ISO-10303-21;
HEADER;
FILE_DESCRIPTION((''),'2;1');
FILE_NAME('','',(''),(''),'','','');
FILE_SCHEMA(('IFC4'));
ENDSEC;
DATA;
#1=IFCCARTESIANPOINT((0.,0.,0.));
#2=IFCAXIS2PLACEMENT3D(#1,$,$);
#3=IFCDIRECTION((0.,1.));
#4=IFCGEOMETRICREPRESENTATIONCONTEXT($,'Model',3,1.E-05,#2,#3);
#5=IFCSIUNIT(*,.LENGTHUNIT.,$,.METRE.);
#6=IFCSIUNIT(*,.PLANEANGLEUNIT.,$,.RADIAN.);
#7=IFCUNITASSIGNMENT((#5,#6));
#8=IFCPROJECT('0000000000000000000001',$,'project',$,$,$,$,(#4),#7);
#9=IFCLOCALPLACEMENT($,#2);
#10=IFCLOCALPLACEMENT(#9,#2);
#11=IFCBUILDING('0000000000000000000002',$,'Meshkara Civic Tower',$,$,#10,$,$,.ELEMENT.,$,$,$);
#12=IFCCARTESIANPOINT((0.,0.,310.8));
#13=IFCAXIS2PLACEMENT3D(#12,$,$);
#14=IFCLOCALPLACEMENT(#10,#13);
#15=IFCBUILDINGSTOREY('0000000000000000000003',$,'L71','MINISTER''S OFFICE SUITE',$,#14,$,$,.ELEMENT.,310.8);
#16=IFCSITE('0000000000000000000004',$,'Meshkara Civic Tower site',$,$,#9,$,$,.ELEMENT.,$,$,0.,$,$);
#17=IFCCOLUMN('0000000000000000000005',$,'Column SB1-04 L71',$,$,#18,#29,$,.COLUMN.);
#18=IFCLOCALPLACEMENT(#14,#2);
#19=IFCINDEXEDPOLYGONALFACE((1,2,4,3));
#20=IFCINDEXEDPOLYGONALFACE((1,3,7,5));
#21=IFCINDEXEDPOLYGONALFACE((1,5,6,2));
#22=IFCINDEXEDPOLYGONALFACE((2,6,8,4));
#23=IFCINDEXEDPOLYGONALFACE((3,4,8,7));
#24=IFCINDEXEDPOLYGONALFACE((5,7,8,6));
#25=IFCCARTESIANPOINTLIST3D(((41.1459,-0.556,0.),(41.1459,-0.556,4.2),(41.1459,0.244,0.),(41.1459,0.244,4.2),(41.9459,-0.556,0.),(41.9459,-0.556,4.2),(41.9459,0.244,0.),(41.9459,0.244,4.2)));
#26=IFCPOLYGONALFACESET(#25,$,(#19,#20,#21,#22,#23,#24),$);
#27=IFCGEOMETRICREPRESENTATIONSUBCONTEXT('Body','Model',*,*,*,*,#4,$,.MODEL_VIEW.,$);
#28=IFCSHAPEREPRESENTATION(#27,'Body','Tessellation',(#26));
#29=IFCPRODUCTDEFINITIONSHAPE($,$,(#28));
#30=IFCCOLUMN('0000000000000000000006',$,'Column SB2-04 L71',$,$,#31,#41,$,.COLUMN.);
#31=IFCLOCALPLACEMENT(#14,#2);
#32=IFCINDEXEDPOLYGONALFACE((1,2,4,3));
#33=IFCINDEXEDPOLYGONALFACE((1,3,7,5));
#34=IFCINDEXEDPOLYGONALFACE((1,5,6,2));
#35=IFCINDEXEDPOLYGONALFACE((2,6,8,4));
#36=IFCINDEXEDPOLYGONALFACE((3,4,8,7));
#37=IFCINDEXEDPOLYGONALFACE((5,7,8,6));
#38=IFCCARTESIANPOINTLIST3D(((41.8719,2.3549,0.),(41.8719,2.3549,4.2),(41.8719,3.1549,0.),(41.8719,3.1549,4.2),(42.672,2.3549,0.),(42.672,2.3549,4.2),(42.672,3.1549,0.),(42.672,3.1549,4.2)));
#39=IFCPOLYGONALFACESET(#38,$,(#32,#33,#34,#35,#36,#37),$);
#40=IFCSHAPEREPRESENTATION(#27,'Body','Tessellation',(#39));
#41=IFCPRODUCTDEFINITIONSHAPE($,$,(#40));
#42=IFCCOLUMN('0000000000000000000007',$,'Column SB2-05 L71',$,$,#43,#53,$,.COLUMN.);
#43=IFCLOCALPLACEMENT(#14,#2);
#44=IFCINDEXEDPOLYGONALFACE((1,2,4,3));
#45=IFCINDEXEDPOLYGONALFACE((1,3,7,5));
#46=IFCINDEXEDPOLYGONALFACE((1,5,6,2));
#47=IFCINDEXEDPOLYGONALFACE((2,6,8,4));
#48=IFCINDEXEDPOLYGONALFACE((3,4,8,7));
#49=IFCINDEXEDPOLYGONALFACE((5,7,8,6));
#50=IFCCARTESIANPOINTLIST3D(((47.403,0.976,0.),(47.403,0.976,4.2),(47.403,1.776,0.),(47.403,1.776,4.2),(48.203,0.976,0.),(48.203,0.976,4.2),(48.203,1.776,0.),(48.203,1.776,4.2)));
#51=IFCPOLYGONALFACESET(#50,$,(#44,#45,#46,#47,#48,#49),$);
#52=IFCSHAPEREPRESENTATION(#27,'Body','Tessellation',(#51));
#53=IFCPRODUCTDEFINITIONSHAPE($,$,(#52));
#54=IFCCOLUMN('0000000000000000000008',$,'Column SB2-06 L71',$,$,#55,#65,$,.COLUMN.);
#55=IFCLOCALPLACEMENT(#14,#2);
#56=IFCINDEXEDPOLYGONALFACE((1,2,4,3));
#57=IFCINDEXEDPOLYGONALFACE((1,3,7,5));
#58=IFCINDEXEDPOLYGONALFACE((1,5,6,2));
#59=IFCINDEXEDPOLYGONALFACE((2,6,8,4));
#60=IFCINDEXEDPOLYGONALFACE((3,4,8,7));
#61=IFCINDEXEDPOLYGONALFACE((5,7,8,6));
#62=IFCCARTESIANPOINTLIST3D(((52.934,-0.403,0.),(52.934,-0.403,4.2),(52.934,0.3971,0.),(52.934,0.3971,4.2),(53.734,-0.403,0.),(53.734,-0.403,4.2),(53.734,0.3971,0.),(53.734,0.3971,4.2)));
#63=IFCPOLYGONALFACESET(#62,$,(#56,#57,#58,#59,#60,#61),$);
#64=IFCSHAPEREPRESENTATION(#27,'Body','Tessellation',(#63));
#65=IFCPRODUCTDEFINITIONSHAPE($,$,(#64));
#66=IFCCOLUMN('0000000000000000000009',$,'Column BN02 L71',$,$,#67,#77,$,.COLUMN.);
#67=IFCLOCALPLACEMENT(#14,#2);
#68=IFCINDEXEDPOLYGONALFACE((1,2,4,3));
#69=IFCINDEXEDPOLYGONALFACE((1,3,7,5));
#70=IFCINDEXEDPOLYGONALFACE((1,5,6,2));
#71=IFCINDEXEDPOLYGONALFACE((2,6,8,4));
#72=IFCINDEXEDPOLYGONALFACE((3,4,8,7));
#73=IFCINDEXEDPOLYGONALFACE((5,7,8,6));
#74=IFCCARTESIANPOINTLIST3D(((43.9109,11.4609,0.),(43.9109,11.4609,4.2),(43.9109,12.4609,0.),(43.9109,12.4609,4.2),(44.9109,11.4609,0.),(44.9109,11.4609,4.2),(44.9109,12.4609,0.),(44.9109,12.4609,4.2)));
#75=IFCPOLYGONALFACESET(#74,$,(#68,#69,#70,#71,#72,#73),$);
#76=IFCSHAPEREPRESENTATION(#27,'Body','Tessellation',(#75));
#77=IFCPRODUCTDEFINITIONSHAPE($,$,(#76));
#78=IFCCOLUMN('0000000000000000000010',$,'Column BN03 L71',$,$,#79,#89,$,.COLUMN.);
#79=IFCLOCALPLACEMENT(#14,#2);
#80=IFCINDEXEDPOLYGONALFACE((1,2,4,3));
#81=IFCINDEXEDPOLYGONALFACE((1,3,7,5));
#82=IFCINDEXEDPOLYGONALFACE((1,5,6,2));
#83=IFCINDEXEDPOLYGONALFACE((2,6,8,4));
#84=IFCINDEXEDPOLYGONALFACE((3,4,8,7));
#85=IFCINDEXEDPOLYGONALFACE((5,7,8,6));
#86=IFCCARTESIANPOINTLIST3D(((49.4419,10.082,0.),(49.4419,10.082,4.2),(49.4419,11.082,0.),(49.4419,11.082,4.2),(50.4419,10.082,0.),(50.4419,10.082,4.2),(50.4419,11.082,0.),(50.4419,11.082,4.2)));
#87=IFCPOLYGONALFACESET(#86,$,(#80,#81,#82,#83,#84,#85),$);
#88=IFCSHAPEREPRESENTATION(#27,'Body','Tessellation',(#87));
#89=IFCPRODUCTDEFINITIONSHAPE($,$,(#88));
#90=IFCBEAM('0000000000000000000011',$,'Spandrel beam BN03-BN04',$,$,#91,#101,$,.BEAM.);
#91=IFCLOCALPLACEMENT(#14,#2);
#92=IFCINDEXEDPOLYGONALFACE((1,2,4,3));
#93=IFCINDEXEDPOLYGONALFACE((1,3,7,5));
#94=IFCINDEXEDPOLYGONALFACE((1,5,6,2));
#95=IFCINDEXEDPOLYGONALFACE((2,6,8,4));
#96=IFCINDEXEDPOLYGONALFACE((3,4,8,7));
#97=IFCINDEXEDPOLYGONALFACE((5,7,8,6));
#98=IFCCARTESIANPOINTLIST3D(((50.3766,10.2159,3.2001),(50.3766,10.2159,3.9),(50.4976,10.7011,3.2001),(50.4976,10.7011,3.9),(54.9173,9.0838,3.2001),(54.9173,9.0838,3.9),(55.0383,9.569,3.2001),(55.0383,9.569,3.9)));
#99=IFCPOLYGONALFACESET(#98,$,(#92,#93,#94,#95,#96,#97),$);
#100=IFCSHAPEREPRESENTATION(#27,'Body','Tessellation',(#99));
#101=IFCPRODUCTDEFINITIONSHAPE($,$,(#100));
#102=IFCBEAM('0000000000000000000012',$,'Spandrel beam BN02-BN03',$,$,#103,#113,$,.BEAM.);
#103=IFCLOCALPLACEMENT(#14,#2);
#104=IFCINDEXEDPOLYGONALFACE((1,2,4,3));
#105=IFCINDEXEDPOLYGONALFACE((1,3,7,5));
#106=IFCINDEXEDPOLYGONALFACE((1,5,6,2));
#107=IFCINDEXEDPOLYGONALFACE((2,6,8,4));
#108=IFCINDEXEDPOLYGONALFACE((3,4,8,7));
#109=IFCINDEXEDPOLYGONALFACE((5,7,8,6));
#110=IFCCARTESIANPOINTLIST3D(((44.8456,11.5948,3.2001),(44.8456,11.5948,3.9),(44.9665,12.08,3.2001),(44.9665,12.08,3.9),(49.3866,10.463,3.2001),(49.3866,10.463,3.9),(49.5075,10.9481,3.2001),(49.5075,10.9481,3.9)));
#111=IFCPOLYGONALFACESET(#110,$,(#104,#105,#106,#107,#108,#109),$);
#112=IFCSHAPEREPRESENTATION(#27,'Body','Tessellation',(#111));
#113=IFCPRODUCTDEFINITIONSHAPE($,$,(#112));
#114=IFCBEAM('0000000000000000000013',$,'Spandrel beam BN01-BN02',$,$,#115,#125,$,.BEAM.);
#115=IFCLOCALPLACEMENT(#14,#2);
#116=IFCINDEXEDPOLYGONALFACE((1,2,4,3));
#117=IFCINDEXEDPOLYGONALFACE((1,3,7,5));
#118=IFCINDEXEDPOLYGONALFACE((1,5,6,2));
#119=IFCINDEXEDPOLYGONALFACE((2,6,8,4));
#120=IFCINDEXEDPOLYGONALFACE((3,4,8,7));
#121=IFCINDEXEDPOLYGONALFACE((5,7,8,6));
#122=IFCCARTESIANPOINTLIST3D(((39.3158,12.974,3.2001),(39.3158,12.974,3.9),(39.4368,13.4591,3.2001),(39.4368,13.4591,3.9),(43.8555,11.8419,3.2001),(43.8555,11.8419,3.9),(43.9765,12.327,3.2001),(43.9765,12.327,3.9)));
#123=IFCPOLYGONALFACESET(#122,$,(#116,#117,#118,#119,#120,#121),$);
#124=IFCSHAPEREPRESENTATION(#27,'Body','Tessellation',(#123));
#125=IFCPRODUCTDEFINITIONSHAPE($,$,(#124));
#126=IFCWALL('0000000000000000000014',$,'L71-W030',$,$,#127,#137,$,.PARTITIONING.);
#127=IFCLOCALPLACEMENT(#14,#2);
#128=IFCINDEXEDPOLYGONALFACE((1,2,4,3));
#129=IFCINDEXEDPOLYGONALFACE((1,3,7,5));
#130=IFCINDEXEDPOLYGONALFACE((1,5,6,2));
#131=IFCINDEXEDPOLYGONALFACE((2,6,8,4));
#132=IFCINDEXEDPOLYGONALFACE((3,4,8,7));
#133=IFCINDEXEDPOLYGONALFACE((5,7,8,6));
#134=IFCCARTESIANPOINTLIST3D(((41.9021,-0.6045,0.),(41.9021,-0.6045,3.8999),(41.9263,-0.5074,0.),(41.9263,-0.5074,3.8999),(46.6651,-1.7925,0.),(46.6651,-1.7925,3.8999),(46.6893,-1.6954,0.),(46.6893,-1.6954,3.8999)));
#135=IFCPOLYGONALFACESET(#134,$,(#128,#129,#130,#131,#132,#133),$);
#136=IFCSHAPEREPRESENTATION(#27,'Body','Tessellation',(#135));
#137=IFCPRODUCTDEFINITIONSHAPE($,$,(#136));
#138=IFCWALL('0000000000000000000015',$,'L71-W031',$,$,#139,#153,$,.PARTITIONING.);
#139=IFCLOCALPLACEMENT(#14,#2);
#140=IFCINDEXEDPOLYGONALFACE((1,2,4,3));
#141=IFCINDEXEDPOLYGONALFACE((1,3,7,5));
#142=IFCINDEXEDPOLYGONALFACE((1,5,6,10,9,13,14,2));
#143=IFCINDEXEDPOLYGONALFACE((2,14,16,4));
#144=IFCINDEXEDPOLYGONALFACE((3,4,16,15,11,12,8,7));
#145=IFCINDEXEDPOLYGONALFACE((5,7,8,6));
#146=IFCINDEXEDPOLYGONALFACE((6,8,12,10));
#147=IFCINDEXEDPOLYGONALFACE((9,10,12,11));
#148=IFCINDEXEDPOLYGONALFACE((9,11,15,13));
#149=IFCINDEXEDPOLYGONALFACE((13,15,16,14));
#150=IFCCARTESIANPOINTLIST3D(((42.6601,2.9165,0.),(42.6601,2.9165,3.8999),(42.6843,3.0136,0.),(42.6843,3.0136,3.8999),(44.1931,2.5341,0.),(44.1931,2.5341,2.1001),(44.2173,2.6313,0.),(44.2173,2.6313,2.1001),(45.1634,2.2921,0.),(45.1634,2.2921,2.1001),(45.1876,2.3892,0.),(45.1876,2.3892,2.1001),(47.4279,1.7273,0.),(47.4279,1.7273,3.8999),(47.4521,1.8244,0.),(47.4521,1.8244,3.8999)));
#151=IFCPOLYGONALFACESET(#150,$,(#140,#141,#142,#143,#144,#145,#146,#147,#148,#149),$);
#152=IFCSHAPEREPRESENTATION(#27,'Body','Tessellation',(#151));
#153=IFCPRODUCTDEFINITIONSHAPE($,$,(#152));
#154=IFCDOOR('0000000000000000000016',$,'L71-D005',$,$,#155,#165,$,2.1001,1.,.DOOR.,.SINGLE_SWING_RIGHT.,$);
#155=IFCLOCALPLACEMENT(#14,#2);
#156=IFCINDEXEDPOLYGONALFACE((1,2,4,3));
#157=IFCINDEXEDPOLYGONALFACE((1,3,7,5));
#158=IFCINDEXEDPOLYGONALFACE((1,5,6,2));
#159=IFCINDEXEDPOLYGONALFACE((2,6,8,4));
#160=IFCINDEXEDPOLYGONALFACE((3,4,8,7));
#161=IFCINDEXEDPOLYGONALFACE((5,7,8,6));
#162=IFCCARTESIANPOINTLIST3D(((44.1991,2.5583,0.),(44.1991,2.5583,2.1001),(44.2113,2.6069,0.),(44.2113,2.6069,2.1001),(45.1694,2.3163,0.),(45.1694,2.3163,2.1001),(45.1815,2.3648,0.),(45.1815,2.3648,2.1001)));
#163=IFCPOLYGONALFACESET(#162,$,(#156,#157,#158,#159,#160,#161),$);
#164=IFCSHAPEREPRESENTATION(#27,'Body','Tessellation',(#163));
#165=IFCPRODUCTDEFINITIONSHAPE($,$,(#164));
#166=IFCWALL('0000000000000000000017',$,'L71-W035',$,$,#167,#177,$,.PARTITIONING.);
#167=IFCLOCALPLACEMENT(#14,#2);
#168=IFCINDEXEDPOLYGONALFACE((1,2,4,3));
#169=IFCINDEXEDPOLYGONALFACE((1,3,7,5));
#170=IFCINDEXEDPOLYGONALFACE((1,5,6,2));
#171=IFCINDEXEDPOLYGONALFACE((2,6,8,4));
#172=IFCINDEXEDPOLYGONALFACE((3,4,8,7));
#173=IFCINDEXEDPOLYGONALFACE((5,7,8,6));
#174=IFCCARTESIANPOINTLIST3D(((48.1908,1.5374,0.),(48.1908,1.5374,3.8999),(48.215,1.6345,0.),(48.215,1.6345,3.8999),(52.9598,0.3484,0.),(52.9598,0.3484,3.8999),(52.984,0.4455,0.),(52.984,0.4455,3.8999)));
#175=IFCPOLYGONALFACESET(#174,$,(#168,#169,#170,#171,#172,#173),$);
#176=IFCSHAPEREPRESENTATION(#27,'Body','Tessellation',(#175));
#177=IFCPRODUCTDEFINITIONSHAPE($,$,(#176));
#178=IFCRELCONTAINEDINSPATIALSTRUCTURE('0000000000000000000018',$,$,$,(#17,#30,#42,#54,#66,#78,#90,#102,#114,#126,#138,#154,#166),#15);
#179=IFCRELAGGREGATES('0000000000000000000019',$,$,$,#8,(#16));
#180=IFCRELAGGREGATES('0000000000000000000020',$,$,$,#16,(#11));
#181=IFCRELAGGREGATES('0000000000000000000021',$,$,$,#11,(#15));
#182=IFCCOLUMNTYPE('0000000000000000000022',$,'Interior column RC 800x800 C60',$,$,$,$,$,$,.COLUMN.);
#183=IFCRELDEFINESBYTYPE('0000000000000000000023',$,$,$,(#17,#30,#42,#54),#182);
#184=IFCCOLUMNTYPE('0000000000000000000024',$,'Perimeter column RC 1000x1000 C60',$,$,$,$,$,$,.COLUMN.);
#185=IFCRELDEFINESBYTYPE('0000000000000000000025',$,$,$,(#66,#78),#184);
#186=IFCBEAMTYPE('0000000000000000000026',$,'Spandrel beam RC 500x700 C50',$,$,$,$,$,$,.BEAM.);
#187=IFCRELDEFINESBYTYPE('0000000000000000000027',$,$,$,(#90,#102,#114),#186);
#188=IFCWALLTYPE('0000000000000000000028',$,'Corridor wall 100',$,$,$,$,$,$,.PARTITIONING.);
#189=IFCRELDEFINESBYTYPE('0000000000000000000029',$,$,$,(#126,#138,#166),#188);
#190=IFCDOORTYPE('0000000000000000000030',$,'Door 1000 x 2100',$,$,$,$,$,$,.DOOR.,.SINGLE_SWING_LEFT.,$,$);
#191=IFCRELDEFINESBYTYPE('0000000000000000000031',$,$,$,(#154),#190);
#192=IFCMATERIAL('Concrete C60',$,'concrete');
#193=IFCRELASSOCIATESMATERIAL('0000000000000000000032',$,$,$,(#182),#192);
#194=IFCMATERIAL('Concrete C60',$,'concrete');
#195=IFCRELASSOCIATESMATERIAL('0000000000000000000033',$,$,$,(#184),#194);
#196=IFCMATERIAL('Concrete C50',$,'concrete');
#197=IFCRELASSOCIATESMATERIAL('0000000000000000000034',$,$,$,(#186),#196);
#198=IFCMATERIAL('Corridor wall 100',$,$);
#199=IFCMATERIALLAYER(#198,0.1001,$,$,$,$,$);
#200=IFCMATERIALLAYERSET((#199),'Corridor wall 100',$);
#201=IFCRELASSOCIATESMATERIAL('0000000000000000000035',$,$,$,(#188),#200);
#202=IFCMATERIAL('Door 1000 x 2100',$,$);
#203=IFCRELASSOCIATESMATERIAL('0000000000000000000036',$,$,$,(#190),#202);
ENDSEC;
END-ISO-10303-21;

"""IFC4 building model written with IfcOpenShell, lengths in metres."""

from ifc_helpers import new_model, si_unit, direction, frame, frame_2d, origin, origin_2d, place, context, subcontext, project, spatial, rectangle, extrude, material, layer, layer_set, material_profile, profile_set, type_object, element, fill, save


model = new_model("IFC4")

# Units and contexts
model_context = context("Model", 3, precision=1e-05, world=origin(), true_north=direction((0.0, 1.0)))
body_context = subcontext(model_context, "Body", "Model", "MODEL_VIEW")
ifc_project = project(units=[si_unit("LENGTHUNIT", "METRE"), si_unit("PLANEANGLEUNIT", "RADIAN")], contexts=[model_context])

# Site, building, storey
site_placement = place(None, origin())
site = spatial("IfcSite", under=ifc_project, at=site_placement, Name="Meshkara Civic Tower site", CompositionType="ELEMENT", RefElevation=0.0)
building_placement = place(site_placement, origin())
building = spatial("IfcBuilding", under=site, at=building_placement, Name="Meshkara Civic Tower", CompositionType="ELEMENT")
storey_placement = place(building_placement, frame((0.0, 0.0, 310.8)))
storey = spatial("IfcBuildingStorey", under=building, at=storey_placement, Name="L71", Description="MINISTER'S OFFICE SUITE", CompositionType="ELEMENT", Elevation=310.8)

# Columns
ifc_material_1 = material(Name="Concrete C60", Category="concrete")
ifc_material_profile_1 = material_profile(ifc_material_1, rectangle(XDim=0.8, YDim=0.8, at=origin_2d()))
ifc_profile_set_1 = profile_set([ifc_material_profile_1], Name="Concrete C60")
column_type_1 = type_object("IfcColumnType", Name="Interior column RC 800x800 C60", PredefinedType="COLUMN", material=ifc_profile_set_1)
for number, where, z_axis, x_axis, name in (
    (1, (41.5459, -0.156, 0.0), (0.0, 0.0, 1.0), (1.0, 0.0, 0.0), "Column SB1-04 L71"),
    (2, (42.272, 2.7549, 0.0), (0.0, 0.0, 1.0), (1.0, 0.0, 0.0), "Column SB2-04 L71"),
    (3, (47.803, 1.376, 0.0), (0.0, 0.0, 1.0), (1.0, 0.0, 0.0), "Column SB2-05 L71"),
    (4, (53.334, -0.0029, 0.0), (0.0, 0.0, 1.0), (1.0, 0.0, 0.0), "Column SB2-06 L71"),
):
    element("IfcColumn", number, at=place(storey_placement, frame(where, z_axis=z_axis, x_axis=x_axis)), inside=storey, type_object=column_type_1, Name=name, PredefinedType="COLUMN", context=body_context, shape_type="SweptSolid", body=[
        extrude(rectangle(XDim=0.8, YDim=0.8, at=origin_2d()), origin(), (0.0, 0.0, 1.0), 4.2),
    ])
ifc_material_2 = material(Name="Concrete C60", Category="concrete")
ifc_material_profile_2 = material_profile(ifc_material_2, rectangle(XDim=1.0, YDim=1.0, at=origin_2d()))
ifc_profile_set_2 = profile_set([ifc_material_profile_2], Name="Concrete C60")
column_type_2 = type_object("IfcColumnType", Name="Perimeter column RC 1000x1000 C60", PredefinedType="COLUMN", material=ifc_profile_set_2)
for number, where, z_axis, x_axis, name in (
    (5, (44.4109, 11.9609, 0.0), (0.0, 0.0, 1.0), (1.0, 0.0, 0.0), "Column BN02 L71"),
    (6, (49.9419, 10.582, 0.0), (0.0, 0.0, 1.0), (1.0, 0.0, 0.0), "Column BN03 L71"),
):
    element("IfcColumn", number, at=place(storey_placement, frame(where, z_axis=z_axis, x_axis=x_axis)), inside=storey, type_object=column_type_2, Name=name, PredefinedType="COLUMN", context=body_context, shape_type="SweptSolid", body=[
        extrude(rectangle(XDim=1.0, YDim=1.0, at=origin_2d()), origin(), (0.0, 0.0, 1.0), 4.2),
    ])

# Beams
ifc_material_3 = material(Name="Concrete C50", Category="concrete")
ifc_material_profile_3 = material_profile(ifc_material_3, rectangle(XDim=0.5, YDim=0.7, at=origin_2d()))
ifc_profile_set_3 = profile_set([ifc_material_profile_3], Name="Concrete C50")
beam_type = type_object("IfcBeamType", Name="Spandrel beam RC 500x700 C50", PredefinedType="BEAM", material=ifc_profile_set_3)
beam_1_placement = place(storey_placement, frame((54.9778, 9.3264, 3.55), z_axis=(-0.970299, 0.24191, 0.0), x_axis=(-0.24191, -0.970299, 0.0)))
element("IfcBeam", 7, at=beam_1_placement, inside=storey, type_object=beam_type, Name="Spandrel beam BN03-BN04", PredefinedType="BEAM", context=body_context, shape_type="SweptSolid", body=[
    extrude(rectangle(XDim=0.5, YDim=0.7, at=origin_2d()), origin(), (0.0, 0.0, 1.0), 4.6797),
])
beam_2_placement = place(storey_placement, frame((49.447, 10.7056, 3.55), z_axis=(-0.970314, 0.241848, 0.0), x_axis=(-0.241848, -0.970314, 0.0)))
element("IfcBeam", 8, at=beam_2_placement, inside=storey, type_object=beam_type, Name="Spandrel beam BN02-BN03", PredefinedType="BEAM", context=body_context, shape_type="SweptSolid", body=[
    extrude(rectangle(XDim=0.5, YDim=0.7, at=origin_2d()), origin(), (0.0, 0.0, 1.0), 4.6799),
])
beam_3_placement = place(storey_placement, frame((43.916, 12.0845, 3.55), z_axis=(-0.970287, 0.241959, 0.0), x_axis=(-0.241959, -0.970287, 0.0)))
element("IfcBeam", 9, at=beam_3_placement, inside=storey, type_object=beam_type, Name="Spandrel beam BN01-BN02", PredefinedType="BEAM", context=body_context, shape_type="SweptSolid", body=[
    extrude(rectangle(XDim=0.5, YDim=0.7, at=origin_2d()), origin(), (0.0, 0.0, 1.0), 4.6787),
])

# Wall
ifc_material_4 = material(Name="Corridor wall 100")
ifc_layer_1 = layer(ifc_material_4, 0.1001)
ifc_layer_set_1 = layer_set([ifc_layer_1], Name="Corridor wall 100")
wall_type_1 = type_object("IfcWallType", Name="Corridor wall 100", PredefinedType="PARTITIONING", material=ifc_layer_set_1)
wall_1_placement = place(storey_placement, frame((41.9141, -0.5559, 0.0), z_axis=(0.0, 0.0, 1.0), x_axis=(0.970274, -0.242009, 0.0)))
element("IfcWall", 10, at=wall_1_placement, inside=storey, type_object=wall_type_1, Name="L71-W030", PredefinedType="PARTITIONING", context=body_context, shape_type="SweptSolid", body=[
    extrude(rectangle(XDim=4.9089, YDim=0.1001, at=frame_2d((2.4546, 0.0))), origin(), (0.0, 0.0, 1.0), 3.8999),
])

# Wall, opening, door
wall_2_placement = place(storey_placement, frame((42.6721, 2.9651, 0.0), z_axis=(0.0, 0.0, 1.0), x_axis=(0.970274, -0.24201, 0.0)))
wall_2 = element("IfcWall", 11, at=wall_2_placement, inside=storey, type_object=wall_type_1, Name="L71-W031", PredefinedType="PARTITIONING", context=body_context, shape_type="SweptSolid", body=[
    extrude(rectangle(XDim=4.9138, YDim=0.1001, at=frame_2d((2.457, 0.0))), origin(), (0.0, 0.0, 1.0), 3.8999),
])
opening_1_placement = place(wall_2_placement, frame((1.5801, 0.0, 0.0)))
opening_1 = element("IfcOpeningElement", 12, at=opening_1_placement, cuts=wall_2, PredefinedType="OPENING", context=body_context, shape_type="SweptSolid", body=[
    extrude(rectangle(XDim=1.0, YDim=2.1001, at=frame_2d((0.5, 1.05))), frame((0.0, 0.0601, 0.0), z_axis=(0.0, -1.0, 0.0), x_axis=(1.0, 0.0, 0.0)), (0.0, 0.0, 1.0), 0.1201),
])
ifc_material_5 = material(Name="Door 1000 x 2100")
door_type = type_object("IfcDoorType", Name="Door 1000 x 2100", OperationType="SINGLE_SWING_LEFT", PredefinedType="DOOR", material=ifc_material_5)
door_placement = place(opening_1_placement, origin())
door = element("IfcDoor", 13, at=door_placement, inside=storey, type_object=door_type, Name="L71-D005", OperationType="SINGLE_SWING_RIGHT", OverallHeight=2.1001, OverallWidth=1.0, PredefinedType="DOOR", context=body_context, shape_type="SweptSolid", body=[
    extrude(rectangle(XDim=1.0, YDim=2.1001, at=frame_2d((0.5, 1.05))), frame((0.0, 0.0249, 0.0), z_axis=(0.0, -1.0, 0.0), x_axis=(1.0, 0.0, 0.0)), (0.0, 0.0, 1.0), 0.05),
])
fill(opening_1, door)

# Wall
wall_3_placement = place(storey_placement, frame((52.9719, 0.397, 0.0), z_axis=(0.0, 0.0, 1.0), x_axis=(-0.9703, 0.241904, 0.0)))
element("IfcWall", 14, at=wall_3_placement, inside=storey, type_object=wall_type_1, Name="L71-W035", PredefinedType="PARTITIONING", context=body_context, shape_type="SweptSolid", body=[
    extrude(rectangle(XDim=4.915, YDim=0.1001, at=frame_2d((2.4575, 0.0))), origin(), (0.0, 0.0, 1.0), 3.8999),
])

save(model, "model.ifc")
